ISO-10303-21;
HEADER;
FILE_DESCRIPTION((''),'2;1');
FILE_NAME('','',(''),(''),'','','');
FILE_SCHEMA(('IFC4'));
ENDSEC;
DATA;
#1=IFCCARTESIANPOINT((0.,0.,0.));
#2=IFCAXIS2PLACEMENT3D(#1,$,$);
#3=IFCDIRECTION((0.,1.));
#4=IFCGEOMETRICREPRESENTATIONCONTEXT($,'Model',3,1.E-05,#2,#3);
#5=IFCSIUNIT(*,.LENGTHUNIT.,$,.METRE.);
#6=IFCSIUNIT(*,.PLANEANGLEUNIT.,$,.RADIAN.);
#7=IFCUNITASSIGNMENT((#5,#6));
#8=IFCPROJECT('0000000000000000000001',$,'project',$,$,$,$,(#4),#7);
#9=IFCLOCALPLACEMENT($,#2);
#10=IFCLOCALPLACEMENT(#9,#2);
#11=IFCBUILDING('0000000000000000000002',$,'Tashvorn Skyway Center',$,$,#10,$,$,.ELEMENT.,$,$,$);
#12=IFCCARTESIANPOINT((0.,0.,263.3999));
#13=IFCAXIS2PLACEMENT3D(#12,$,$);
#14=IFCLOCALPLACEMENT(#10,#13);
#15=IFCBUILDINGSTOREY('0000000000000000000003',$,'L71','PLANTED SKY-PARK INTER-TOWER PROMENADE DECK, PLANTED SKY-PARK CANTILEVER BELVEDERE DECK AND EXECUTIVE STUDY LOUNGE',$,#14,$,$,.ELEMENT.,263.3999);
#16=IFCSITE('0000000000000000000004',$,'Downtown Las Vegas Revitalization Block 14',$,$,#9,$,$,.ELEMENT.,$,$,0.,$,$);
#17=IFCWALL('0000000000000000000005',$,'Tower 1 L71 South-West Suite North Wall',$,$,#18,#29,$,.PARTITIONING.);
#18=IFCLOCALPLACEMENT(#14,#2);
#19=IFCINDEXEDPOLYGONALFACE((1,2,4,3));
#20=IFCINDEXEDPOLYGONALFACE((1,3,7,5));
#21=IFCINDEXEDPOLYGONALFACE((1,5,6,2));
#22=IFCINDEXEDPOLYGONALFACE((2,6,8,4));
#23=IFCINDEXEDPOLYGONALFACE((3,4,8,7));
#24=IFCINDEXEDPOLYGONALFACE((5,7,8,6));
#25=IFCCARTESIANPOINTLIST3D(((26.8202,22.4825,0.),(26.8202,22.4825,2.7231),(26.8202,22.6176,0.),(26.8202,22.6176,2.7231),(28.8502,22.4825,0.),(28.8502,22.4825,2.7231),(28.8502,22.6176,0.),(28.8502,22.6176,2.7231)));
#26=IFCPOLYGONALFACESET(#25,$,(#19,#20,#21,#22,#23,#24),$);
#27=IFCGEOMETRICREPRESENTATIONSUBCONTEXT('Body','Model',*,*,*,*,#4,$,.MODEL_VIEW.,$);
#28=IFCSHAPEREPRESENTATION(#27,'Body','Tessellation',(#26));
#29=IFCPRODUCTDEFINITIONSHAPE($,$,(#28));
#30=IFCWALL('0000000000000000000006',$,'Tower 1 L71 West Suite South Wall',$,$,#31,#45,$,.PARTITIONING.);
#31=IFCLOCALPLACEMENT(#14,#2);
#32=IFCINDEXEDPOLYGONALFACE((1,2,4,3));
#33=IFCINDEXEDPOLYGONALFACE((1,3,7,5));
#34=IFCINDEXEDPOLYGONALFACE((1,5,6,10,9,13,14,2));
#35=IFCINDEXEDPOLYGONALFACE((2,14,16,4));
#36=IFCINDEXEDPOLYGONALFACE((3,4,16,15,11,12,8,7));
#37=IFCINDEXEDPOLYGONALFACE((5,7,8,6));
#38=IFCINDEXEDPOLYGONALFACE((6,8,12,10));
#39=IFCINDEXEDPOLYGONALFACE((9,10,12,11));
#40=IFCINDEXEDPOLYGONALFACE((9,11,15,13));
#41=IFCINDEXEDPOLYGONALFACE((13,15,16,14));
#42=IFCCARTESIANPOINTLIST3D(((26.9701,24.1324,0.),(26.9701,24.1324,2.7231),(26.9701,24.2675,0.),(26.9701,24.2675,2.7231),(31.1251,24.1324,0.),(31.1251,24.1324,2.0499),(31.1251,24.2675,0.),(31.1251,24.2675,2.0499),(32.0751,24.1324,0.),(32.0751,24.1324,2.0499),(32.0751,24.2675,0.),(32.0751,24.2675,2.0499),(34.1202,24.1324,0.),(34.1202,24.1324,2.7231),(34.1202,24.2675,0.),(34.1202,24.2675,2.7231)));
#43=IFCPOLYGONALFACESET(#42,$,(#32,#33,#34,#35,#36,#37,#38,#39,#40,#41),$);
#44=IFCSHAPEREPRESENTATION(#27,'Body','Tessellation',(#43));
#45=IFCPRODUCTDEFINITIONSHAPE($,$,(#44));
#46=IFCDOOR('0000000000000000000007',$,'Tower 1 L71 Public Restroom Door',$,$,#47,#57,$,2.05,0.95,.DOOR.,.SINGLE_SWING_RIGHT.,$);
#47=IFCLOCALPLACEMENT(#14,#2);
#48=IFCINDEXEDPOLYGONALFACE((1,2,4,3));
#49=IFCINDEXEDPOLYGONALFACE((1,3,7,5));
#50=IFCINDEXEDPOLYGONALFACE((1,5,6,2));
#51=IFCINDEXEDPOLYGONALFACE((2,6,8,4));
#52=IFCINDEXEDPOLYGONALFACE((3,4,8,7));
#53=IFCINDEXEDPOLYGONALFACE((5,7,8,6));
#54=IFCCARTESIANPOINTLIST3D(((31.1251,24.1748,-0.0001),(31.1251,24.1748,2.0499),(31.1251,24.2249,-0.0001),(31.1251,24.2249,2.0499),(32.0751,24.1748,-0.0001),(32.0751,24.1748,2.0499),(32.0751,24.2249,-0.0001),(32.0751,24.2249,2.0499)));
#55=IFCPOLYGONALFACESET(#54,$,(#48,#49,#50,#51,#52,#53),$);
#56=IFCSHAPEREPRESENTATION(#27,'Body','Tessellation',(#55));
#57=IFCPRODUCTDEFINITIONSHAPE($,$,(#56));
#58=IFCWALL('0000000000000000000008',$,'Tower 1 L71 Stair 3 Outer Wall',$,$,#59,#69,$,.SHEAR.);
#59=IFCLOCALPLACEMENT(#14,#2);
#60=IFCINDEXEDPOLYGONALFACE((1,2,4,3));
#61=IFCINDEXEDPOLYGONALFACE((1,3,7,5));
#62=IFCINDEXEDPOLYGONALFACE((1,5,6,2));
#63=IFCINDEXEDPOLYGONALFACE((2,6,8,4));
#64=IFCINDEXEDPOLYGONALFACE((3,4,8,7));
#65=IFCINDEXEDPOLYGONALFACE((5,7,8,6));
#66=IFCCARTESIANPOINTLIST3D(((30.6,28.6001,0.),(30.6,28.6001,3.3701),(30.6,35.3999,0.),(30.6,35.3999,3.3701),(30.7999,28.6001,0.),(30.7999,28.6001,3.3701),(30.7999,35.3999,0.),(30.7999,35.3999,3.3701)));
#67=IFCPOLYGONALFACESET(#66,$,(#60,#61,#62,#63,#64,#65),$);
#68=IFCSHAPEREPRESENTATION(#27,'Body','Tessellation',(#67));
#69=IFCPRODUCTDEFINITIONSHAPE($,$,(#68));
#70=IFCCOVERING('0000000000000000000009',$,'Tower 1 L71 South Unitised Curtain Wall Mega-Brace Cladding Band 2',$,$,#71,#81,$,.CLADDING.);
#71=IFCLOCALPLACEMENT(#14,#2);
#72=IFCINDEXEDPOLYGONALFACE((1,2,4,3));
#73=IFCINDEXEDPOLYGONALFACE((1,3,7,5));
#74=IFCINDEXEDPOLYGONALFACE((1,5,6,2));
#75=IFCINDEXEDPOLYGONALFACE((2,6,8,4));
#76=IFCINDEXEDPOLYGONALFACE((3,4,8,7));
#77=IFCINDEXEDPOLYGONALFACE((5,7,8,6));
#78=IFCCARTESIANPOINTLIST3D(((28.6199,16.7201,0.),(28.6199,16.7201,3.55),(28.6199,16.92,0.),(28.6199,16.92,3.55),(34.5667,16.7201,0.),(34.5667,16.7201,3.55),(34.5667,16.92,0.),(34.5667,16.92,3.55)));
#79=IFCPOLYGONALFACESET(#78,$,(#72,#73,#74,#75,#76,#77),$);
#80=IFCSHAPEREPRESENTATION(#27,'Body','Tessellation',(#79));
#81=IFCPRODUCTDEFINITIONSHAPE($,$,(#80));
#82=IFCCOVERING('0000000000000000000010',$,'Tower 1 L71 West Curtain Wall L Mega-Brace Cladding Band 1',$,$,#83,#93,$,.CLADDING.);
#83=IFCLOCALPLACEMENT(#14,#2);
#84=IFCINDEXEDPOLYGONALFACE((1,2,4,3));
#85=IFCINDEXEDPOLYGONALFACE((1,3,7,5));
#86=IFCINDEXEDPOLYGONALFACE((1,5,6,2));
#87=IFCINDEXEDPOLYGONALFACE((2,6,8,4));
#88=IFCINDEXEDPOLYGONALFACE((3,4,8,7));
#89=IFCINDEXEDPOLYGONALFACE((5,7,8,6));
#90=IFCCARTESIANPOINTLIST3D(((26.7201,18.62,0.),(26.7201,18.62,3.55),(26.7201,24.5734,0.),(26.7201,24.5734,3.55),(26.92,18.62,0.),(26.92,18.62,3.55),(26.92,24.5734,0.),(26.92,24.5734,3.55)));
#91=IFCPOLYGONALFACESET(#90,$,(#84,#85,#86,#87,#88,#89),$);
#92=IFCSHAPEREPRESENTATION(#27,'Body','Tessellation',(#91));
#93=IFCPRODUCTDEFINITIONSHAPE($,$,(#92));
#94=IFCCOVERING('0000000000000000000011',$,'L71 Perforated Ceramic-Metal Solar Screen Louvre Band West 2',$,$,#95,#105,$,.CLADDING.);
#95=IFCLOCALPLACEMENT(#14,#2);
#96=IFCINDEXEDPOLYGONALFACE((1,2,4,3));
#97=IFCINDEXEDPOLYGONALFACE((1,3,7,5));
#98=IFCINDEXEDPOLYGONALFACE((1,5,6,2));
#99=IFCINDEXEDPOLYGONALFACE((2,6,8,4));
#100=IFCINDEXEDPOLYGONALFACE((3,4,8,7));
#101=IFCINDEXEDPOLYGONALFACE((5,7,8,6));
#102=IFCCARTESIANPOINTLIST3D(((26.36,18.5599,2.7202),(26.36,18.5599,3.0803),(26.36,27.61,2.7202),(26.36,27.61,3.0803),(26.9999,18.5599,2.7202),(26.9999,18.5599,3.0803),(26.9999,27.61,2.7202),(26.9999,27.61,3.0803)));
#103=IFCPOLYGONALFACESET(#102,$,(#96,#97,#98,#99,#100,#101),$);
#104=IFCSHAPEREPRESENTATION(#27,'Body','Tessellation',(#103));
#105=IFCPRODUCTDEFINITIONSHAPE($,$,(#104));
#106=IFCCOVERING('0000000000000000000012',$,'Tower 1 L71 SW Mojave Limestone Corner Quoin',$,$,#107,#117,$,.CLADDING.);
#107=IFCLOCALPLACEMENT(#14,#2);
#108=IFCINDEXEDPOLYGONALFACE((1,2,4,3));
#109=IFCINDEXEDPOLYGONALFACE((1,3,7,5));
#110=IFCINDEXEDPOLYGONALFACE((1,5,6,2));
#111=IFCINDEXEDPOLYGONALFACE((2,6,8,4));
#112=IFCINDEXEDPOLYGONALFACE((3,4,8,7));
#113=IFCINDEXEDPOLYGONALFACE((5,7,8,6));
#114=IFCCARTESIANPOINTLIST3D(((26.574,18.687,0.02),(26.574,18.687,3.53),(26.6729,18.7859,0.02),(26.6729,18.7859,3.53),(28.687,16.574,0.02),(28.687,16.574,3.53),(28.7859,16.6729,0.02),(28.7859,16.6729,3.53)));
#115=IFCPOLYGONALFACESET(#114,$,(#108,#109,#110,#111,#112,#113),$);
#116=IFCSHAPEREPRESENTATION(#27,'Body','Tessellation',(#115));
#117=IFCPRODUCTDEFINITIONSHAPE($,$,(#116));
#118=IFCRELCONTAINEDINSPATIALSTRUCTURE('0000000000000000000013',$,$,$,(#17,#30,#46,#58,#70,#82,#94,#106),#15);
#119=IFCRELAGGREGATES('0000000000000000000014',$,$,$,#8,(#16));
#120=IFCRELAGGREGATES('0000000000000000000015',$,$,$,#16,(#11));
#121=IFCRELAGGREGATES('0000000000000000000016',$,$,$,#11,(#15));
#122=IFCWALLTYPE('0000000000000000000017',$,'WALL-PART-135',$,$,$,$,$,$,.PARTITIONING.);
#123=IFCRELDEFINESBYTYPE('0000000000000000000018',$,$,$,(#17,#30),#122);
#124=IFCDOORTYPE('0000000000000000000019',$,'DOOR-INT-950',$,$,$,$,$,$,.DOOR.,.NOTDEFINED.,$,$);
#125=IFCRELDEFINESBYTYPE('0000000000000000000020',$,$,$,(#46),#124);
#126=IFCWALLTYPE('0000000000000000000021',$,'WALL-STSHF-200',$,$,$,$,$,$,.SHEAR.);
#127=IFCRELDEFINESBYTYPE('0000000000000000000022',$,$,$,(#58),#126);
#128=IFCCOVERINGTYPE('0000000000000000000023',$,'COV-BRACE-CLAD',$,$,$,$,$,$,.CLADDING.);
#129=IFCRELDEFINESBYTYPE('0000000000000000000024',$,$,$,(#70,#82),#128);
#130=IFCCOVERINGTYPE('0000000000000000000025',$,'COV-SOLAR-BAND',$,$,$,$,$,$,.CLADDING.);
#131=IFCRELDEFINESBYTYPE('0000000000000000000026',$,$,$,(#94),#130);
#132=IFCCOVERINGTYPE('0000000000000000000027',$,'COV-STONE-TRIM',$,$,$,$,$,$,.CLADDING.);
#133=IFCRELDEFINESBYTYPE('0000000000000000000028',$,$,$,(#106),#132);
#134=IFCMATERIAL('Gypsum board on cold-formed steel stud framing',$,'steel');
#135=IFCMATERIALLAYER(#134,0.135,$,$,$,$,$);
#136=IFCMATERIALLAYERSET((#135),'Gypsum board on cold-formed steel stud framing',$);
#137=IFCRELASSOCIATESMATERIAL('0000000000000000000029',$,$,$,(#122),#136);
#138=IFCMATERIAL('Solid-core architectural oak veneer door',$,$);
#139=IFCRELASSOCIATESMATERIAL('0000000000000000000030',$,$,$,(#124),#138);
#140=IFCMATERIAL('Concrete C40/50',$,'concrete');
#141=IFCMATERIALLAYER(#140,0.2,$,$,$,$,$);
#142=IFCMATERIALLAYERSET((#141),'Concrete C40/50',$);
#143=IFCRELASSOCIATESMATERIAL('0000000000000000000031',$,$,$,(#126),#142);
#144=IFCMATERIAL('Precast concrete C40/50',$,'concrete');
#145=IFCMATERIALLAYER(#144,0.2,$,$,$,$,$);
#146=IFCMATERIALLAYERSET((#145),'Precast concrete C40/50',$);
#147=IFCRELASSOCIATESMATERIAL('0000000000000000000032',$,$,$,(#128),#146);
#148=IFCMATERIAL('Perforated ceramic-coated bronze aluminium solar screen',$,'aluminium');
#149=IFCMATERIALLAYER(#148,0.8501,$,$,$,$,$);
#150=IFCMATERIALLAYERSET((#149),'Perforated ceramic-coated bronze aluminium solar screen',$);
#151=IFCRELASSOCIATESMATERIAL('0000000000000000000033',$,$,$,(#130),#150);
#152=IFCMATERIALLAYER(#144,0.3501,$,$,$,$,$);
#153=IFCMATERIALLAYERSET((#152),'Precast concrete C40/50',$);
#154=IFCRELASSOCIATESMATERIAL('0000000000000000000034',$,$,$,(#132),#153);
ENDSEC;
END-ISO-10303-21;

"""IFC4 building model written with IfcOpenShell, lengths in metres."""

from ifc_helpers import new_model, si_unit, direction, frame, frame_2d, origin, origin_2d, place, context, subcontext, project, spatial, rectangle, extrude, material, layer, layer_set, type_object, element, fill, save


model = new_model("IFC4")

# Units and contexts
model_context = context("Model", 3, precision=1e-05, world=origin(), true_north=direction((0.0, 1.0)))
body_context = subcontext(model_context, "Body", "Model", "MODEL_VIEW")
ifc_project = project(units=[si_unit("LENGTHUNIT", "METRE"), si_unit("PLANEANGLEUNIT", "RADIAN")], contexts=[model_context])

# Site, building, storey
site_placement = place(None, origin())
site = spatial("IfcSite", under=ifc_project, at=site_placement, Name="Downtown Las Vegas Revitalization Block 14", CompositionType="ELEMENT", RefElevation=0.0)
building_placement = place(site_placement, origin())
building = spatial("IfcBuilding", under=site, at=building_placement, Name="Tashvorn Skyway Center", CompositionType="ELEMENT")
storey_placement = place(building_placement, frame((0.0, 0.0, 263.3999)))
storey = spatial("IfcBuildingStorey", under=building, at=storey_placement, Name="L71", Description="PLANTED SKY-PARK INTER-TOWER PROMENADE DECK, PLANTED SKY-PARK CANTILEVER BELVEDERE DECK AND EXECUTIVE STUDY LOUNGE", CompositionType="ELEMENT", Elevation=263.3999)

# Shared definitions
ifc_material_1 = material(Name="Precast concrete C40/50", Category="concrete")

# Wall
ifc_material_2 = material(Name="Gypsum board on cold-formed steel stud framing", Category="steel")
ifc_layer_1 = layer(ifc_material_2, 0.135)
ifc_layer_set_1 = layer_set([ifc_layer_1], Name="Gypsum board on cold-formed steel stud framing")
wall_type_1 = type_object("IfcWallType", Name="WALL-PART-135", PredefinedType="PARTITIONING", material=ifc_layer_set_1)
wall_1_placement = place(storey_placement, frame((26.8201, 22.55, 0.0), z_axis=(0.0, 0.0, 1.0), x_axis=(1.0, 0.0, 0.0)))
element("IfcWall", 1, at=wall_1_placement, inside=storey, type_object=wall_type_1, Name="Tower 1 L71 South-West Suite North Wall", PredefinedType="PARTITIONING", context=body_context, shape_type="SweptSolid", body=[
    extrude(rectangle(XDim=2.03, YDim=0.135, at=frame_2d((1.0151, 0.0))), origin(), (0.0, 0.0, 1.0), 2.7231),
])

# Wall, opening, door
wall_2_placement = place(storey_placement, frame((26.97, 24.2, 0.0), z_axis=(0.0, 0.0, 1.0), x_axis=(1.0, 0.0, 0.0)))
wall_2 = element("IfcWall", 2, at=wall_2_placement, inside=storey, type_object=wall_type_1, Name="Tower 1 L71 West Suite South Wall", PredefinedType="PARTITIONING", context=body_context, shape_type="SweptSolid", body=[
    extrude(rectangle(XDim=7.1501, YDim=0.135, at=frame_2d((3.5752, 0.0))), origin(), (0.0, 0.0, 1.0), 2.7231),
])
opening_1_placement = place(wall_2_placement, frame((4.155, 0.0, 0.0)))
opening_1 = element("IfcOpeningElement", 3, at=opening_1_placement, cuts=wall_2, PredefinedType="OPENING", context=body_context, shape_type="SweptSolid", body=[
    extrude(rectangle(XDim=0.95, YDim=2.05, at=frame_2d((0.4751, 1.0249))), frame((0.0, 0.0774, 0.0), z_axis=(0.0, -1.0, 0.0), x_axis=(1.0, 0.0, 0.0)), (0.0, 0.0, 1.0), 0.155),
])
ifc_material_3 = material(Name="Solid-core architectural oak veneer door")
door_type_1 = type_object("IfcDoorType", Name="DOOR-INT-950", OperationType="NOTDEFINED", PredefinedType="DOOR", material=ifc_material_3)
door_1_placement = place(opening_1_placement, origin())
door_1 = element("IfcDoor", 4, at=door_1_placement, inside=storey, type_object=door_type_1, Name="Tower 1 L71 Public Restroom Door", OperationType="SINGLE_SWING_RIGHT", OverallHeight=2.05, OverallWidth=0.95, PredefinedType="DOOR", context=body_context, shape_type="SweptSolid", body=[
    extrude(rectangle(XDim=0.95, YDim=2.05, at=frame_2d((0.4751, 1.0249))), frame((0.0, 0.0249, 0.0), z_axis=(0.0, -1.0, 0.0), x_axis=(1.0, 0.0, 0.0)), (0.0, 0.0, 1.0), 0.05),
])
fill(opening_1, door_1)

# Wall
ifc_material_4 = material(Name="Concrete C40/50", Category="concrete")
ifc_layer_2 = layer(ifc_material_4, 0.2)
ifc_layer_set_2 = layer_set([ifc_layer_2], Name="Concrete C40/50")
wall_type_2 = type_object("IfcWallType", Name="WALL-STSHF-200", PredefinedType="SHEAR", material=ifc_layer_set_2)
wall_3_placement = place(storey_placement, frame((30.7, 28.6001, 0.0), z_axis=(0.0, 0.0, 1.0), x_axis=(0.0, 1.0, 0.0)))
element("IfcWall", 5, at=wall_3_placement, inside=storey, type_object=wall_type_2, Name="Tower 1 L71 Stair 3 Outer Wall", PredefinedType="SHEAR", context=body_context, shape_type="SweptSolid", body=[
    extrude(rectangle(XDim=6.7998, YDim=0.2, at=frame_2d((3.3999, 0.0))), origin(), (0.0, 0.0, 1.0), 3.3701),
])

# Coverings
ifc_layer_3 = layer(ifc_material_1, 0.2)
ifc_layer_set_3 = layer_set([ifc_layer_3], Name="Precast concrete C40/50")
covering_type_1 = type_object("IfcCoveringType", Name="COV-BRACE-CLAD", PredefinedType="CLADDING", material=ifc_layer_set_3)
covering_1_placement = place(storey_placement, frame((31.5933, 16.8201, 0.0), z_axis=(0.0, 0.0, 1.0), x_axis=(-1.0, 0.0, 0.0)))
element("IfcCovering", 6, at=covering_1_placement, inside=storey, type_object=covering_type_1, Name="Tower 1 L71 South Unitised Curtain Wall Mega-Brace Cladding Band 2", PredefinedType="CLADDING", context=body_context, shape_type="SweptSolid", body=[
    extrude(rectangle(XDim=5.9468, YDim=0.2, at=origin_2d()), origin(), (0.0, 0.0, 1.0), 3.55),
])
covering_2_placement = place(storey_placement, frame((26.8201, 21.5967, 0.0), z_axis=(0.0, 0.0, 1.0), x_axis=(0.0, 1.0, 0.0)))
element("IfcCovering", 7, at=covering_2_placement, inside=storey, type_object=covering_type_1, Name="Tower 1 L71 West Curtain Wall L Mega-Brace Cladding Band 1", PredefinedType="CLADDING", context=body_context, shape_type="SweptSolid", body=[
    extrude(rectangle(XDim=5.9534, YDim=0.2, at=origin_2d()), origin(), (0.0, 0.0, 1.0), 3.55),
])
ifc_material_5 = material(Name="Perforated ceramic-coated bronze aluminium solar screen", Category="aluminium")
ifc_layer_4 = layer(ifc_material_5, 0.8501)
ifc_layer_set_4 = layer_set([ifc_layer_4], Name="Perforated ceramic-coated bronze aluminium solar screen")
covering_type_2 = type_object("IfcCoveringType", Name="COV-SOLAR-BAND", PredefinedType="CLADDING", material=ifc_layer_set_4)
covering_3_placement = place(storey_placement, frame((26.6799, 23.085, 2.7202), z_axis=(0.0, 0.0, 1.0), x_axis=(0.0, 1.0, 0.0)))
element("IfcCovering", 8, at=covering_3_placement, inside=storey, type_object=covering_type_2, Name="L71 Perforated Ceramic-Metal Solar Screen Louvre Band West 2", PredefinedType="CLADDING", context=body_context, shape_type="SweptSolid", body=[
    extrude(rectangle(XDim=9.05, YDim=0.6399, at=origin_2d()), origin(), (0.0, 0.0, 1.0), 0.3601),
])
ifc_layer_5 = layer(ifc_material_1, 0.3501)
ifc_layer_set_5 = layer_set([ifc_layer_5], Name="Precast concrete C40/50")
covering_type_3 = type_object("IfcCoveringType", Name="COV-STONE-TRIM", PredefinedType="CLADDING", material=ifc_layer_set_5)
covering_4_placement = place(storey_placement, frame((27.6799, 17.6799, 0.02), z_axis=(0.0, 0.0, 1.0), x_axis=(-0.707107, 0.707107, 0.0)))
element("IfcCovering", 9, at=covering_4_placement, inside=storey, type_object=covering_type_3, Name="Tower 1 L71 SW Mojave Limestone Corner Quoin", PredefinedType="CLADDING", context=body_context, shape_type="SweptSolid", body=[
    extrude(rectangle(XDim=2.9883, YDim=0.1399, at=origin_2d()), origin(), (0.0, 0.0, 1.0), 3.51),
])

save(model, "model.ifc")
